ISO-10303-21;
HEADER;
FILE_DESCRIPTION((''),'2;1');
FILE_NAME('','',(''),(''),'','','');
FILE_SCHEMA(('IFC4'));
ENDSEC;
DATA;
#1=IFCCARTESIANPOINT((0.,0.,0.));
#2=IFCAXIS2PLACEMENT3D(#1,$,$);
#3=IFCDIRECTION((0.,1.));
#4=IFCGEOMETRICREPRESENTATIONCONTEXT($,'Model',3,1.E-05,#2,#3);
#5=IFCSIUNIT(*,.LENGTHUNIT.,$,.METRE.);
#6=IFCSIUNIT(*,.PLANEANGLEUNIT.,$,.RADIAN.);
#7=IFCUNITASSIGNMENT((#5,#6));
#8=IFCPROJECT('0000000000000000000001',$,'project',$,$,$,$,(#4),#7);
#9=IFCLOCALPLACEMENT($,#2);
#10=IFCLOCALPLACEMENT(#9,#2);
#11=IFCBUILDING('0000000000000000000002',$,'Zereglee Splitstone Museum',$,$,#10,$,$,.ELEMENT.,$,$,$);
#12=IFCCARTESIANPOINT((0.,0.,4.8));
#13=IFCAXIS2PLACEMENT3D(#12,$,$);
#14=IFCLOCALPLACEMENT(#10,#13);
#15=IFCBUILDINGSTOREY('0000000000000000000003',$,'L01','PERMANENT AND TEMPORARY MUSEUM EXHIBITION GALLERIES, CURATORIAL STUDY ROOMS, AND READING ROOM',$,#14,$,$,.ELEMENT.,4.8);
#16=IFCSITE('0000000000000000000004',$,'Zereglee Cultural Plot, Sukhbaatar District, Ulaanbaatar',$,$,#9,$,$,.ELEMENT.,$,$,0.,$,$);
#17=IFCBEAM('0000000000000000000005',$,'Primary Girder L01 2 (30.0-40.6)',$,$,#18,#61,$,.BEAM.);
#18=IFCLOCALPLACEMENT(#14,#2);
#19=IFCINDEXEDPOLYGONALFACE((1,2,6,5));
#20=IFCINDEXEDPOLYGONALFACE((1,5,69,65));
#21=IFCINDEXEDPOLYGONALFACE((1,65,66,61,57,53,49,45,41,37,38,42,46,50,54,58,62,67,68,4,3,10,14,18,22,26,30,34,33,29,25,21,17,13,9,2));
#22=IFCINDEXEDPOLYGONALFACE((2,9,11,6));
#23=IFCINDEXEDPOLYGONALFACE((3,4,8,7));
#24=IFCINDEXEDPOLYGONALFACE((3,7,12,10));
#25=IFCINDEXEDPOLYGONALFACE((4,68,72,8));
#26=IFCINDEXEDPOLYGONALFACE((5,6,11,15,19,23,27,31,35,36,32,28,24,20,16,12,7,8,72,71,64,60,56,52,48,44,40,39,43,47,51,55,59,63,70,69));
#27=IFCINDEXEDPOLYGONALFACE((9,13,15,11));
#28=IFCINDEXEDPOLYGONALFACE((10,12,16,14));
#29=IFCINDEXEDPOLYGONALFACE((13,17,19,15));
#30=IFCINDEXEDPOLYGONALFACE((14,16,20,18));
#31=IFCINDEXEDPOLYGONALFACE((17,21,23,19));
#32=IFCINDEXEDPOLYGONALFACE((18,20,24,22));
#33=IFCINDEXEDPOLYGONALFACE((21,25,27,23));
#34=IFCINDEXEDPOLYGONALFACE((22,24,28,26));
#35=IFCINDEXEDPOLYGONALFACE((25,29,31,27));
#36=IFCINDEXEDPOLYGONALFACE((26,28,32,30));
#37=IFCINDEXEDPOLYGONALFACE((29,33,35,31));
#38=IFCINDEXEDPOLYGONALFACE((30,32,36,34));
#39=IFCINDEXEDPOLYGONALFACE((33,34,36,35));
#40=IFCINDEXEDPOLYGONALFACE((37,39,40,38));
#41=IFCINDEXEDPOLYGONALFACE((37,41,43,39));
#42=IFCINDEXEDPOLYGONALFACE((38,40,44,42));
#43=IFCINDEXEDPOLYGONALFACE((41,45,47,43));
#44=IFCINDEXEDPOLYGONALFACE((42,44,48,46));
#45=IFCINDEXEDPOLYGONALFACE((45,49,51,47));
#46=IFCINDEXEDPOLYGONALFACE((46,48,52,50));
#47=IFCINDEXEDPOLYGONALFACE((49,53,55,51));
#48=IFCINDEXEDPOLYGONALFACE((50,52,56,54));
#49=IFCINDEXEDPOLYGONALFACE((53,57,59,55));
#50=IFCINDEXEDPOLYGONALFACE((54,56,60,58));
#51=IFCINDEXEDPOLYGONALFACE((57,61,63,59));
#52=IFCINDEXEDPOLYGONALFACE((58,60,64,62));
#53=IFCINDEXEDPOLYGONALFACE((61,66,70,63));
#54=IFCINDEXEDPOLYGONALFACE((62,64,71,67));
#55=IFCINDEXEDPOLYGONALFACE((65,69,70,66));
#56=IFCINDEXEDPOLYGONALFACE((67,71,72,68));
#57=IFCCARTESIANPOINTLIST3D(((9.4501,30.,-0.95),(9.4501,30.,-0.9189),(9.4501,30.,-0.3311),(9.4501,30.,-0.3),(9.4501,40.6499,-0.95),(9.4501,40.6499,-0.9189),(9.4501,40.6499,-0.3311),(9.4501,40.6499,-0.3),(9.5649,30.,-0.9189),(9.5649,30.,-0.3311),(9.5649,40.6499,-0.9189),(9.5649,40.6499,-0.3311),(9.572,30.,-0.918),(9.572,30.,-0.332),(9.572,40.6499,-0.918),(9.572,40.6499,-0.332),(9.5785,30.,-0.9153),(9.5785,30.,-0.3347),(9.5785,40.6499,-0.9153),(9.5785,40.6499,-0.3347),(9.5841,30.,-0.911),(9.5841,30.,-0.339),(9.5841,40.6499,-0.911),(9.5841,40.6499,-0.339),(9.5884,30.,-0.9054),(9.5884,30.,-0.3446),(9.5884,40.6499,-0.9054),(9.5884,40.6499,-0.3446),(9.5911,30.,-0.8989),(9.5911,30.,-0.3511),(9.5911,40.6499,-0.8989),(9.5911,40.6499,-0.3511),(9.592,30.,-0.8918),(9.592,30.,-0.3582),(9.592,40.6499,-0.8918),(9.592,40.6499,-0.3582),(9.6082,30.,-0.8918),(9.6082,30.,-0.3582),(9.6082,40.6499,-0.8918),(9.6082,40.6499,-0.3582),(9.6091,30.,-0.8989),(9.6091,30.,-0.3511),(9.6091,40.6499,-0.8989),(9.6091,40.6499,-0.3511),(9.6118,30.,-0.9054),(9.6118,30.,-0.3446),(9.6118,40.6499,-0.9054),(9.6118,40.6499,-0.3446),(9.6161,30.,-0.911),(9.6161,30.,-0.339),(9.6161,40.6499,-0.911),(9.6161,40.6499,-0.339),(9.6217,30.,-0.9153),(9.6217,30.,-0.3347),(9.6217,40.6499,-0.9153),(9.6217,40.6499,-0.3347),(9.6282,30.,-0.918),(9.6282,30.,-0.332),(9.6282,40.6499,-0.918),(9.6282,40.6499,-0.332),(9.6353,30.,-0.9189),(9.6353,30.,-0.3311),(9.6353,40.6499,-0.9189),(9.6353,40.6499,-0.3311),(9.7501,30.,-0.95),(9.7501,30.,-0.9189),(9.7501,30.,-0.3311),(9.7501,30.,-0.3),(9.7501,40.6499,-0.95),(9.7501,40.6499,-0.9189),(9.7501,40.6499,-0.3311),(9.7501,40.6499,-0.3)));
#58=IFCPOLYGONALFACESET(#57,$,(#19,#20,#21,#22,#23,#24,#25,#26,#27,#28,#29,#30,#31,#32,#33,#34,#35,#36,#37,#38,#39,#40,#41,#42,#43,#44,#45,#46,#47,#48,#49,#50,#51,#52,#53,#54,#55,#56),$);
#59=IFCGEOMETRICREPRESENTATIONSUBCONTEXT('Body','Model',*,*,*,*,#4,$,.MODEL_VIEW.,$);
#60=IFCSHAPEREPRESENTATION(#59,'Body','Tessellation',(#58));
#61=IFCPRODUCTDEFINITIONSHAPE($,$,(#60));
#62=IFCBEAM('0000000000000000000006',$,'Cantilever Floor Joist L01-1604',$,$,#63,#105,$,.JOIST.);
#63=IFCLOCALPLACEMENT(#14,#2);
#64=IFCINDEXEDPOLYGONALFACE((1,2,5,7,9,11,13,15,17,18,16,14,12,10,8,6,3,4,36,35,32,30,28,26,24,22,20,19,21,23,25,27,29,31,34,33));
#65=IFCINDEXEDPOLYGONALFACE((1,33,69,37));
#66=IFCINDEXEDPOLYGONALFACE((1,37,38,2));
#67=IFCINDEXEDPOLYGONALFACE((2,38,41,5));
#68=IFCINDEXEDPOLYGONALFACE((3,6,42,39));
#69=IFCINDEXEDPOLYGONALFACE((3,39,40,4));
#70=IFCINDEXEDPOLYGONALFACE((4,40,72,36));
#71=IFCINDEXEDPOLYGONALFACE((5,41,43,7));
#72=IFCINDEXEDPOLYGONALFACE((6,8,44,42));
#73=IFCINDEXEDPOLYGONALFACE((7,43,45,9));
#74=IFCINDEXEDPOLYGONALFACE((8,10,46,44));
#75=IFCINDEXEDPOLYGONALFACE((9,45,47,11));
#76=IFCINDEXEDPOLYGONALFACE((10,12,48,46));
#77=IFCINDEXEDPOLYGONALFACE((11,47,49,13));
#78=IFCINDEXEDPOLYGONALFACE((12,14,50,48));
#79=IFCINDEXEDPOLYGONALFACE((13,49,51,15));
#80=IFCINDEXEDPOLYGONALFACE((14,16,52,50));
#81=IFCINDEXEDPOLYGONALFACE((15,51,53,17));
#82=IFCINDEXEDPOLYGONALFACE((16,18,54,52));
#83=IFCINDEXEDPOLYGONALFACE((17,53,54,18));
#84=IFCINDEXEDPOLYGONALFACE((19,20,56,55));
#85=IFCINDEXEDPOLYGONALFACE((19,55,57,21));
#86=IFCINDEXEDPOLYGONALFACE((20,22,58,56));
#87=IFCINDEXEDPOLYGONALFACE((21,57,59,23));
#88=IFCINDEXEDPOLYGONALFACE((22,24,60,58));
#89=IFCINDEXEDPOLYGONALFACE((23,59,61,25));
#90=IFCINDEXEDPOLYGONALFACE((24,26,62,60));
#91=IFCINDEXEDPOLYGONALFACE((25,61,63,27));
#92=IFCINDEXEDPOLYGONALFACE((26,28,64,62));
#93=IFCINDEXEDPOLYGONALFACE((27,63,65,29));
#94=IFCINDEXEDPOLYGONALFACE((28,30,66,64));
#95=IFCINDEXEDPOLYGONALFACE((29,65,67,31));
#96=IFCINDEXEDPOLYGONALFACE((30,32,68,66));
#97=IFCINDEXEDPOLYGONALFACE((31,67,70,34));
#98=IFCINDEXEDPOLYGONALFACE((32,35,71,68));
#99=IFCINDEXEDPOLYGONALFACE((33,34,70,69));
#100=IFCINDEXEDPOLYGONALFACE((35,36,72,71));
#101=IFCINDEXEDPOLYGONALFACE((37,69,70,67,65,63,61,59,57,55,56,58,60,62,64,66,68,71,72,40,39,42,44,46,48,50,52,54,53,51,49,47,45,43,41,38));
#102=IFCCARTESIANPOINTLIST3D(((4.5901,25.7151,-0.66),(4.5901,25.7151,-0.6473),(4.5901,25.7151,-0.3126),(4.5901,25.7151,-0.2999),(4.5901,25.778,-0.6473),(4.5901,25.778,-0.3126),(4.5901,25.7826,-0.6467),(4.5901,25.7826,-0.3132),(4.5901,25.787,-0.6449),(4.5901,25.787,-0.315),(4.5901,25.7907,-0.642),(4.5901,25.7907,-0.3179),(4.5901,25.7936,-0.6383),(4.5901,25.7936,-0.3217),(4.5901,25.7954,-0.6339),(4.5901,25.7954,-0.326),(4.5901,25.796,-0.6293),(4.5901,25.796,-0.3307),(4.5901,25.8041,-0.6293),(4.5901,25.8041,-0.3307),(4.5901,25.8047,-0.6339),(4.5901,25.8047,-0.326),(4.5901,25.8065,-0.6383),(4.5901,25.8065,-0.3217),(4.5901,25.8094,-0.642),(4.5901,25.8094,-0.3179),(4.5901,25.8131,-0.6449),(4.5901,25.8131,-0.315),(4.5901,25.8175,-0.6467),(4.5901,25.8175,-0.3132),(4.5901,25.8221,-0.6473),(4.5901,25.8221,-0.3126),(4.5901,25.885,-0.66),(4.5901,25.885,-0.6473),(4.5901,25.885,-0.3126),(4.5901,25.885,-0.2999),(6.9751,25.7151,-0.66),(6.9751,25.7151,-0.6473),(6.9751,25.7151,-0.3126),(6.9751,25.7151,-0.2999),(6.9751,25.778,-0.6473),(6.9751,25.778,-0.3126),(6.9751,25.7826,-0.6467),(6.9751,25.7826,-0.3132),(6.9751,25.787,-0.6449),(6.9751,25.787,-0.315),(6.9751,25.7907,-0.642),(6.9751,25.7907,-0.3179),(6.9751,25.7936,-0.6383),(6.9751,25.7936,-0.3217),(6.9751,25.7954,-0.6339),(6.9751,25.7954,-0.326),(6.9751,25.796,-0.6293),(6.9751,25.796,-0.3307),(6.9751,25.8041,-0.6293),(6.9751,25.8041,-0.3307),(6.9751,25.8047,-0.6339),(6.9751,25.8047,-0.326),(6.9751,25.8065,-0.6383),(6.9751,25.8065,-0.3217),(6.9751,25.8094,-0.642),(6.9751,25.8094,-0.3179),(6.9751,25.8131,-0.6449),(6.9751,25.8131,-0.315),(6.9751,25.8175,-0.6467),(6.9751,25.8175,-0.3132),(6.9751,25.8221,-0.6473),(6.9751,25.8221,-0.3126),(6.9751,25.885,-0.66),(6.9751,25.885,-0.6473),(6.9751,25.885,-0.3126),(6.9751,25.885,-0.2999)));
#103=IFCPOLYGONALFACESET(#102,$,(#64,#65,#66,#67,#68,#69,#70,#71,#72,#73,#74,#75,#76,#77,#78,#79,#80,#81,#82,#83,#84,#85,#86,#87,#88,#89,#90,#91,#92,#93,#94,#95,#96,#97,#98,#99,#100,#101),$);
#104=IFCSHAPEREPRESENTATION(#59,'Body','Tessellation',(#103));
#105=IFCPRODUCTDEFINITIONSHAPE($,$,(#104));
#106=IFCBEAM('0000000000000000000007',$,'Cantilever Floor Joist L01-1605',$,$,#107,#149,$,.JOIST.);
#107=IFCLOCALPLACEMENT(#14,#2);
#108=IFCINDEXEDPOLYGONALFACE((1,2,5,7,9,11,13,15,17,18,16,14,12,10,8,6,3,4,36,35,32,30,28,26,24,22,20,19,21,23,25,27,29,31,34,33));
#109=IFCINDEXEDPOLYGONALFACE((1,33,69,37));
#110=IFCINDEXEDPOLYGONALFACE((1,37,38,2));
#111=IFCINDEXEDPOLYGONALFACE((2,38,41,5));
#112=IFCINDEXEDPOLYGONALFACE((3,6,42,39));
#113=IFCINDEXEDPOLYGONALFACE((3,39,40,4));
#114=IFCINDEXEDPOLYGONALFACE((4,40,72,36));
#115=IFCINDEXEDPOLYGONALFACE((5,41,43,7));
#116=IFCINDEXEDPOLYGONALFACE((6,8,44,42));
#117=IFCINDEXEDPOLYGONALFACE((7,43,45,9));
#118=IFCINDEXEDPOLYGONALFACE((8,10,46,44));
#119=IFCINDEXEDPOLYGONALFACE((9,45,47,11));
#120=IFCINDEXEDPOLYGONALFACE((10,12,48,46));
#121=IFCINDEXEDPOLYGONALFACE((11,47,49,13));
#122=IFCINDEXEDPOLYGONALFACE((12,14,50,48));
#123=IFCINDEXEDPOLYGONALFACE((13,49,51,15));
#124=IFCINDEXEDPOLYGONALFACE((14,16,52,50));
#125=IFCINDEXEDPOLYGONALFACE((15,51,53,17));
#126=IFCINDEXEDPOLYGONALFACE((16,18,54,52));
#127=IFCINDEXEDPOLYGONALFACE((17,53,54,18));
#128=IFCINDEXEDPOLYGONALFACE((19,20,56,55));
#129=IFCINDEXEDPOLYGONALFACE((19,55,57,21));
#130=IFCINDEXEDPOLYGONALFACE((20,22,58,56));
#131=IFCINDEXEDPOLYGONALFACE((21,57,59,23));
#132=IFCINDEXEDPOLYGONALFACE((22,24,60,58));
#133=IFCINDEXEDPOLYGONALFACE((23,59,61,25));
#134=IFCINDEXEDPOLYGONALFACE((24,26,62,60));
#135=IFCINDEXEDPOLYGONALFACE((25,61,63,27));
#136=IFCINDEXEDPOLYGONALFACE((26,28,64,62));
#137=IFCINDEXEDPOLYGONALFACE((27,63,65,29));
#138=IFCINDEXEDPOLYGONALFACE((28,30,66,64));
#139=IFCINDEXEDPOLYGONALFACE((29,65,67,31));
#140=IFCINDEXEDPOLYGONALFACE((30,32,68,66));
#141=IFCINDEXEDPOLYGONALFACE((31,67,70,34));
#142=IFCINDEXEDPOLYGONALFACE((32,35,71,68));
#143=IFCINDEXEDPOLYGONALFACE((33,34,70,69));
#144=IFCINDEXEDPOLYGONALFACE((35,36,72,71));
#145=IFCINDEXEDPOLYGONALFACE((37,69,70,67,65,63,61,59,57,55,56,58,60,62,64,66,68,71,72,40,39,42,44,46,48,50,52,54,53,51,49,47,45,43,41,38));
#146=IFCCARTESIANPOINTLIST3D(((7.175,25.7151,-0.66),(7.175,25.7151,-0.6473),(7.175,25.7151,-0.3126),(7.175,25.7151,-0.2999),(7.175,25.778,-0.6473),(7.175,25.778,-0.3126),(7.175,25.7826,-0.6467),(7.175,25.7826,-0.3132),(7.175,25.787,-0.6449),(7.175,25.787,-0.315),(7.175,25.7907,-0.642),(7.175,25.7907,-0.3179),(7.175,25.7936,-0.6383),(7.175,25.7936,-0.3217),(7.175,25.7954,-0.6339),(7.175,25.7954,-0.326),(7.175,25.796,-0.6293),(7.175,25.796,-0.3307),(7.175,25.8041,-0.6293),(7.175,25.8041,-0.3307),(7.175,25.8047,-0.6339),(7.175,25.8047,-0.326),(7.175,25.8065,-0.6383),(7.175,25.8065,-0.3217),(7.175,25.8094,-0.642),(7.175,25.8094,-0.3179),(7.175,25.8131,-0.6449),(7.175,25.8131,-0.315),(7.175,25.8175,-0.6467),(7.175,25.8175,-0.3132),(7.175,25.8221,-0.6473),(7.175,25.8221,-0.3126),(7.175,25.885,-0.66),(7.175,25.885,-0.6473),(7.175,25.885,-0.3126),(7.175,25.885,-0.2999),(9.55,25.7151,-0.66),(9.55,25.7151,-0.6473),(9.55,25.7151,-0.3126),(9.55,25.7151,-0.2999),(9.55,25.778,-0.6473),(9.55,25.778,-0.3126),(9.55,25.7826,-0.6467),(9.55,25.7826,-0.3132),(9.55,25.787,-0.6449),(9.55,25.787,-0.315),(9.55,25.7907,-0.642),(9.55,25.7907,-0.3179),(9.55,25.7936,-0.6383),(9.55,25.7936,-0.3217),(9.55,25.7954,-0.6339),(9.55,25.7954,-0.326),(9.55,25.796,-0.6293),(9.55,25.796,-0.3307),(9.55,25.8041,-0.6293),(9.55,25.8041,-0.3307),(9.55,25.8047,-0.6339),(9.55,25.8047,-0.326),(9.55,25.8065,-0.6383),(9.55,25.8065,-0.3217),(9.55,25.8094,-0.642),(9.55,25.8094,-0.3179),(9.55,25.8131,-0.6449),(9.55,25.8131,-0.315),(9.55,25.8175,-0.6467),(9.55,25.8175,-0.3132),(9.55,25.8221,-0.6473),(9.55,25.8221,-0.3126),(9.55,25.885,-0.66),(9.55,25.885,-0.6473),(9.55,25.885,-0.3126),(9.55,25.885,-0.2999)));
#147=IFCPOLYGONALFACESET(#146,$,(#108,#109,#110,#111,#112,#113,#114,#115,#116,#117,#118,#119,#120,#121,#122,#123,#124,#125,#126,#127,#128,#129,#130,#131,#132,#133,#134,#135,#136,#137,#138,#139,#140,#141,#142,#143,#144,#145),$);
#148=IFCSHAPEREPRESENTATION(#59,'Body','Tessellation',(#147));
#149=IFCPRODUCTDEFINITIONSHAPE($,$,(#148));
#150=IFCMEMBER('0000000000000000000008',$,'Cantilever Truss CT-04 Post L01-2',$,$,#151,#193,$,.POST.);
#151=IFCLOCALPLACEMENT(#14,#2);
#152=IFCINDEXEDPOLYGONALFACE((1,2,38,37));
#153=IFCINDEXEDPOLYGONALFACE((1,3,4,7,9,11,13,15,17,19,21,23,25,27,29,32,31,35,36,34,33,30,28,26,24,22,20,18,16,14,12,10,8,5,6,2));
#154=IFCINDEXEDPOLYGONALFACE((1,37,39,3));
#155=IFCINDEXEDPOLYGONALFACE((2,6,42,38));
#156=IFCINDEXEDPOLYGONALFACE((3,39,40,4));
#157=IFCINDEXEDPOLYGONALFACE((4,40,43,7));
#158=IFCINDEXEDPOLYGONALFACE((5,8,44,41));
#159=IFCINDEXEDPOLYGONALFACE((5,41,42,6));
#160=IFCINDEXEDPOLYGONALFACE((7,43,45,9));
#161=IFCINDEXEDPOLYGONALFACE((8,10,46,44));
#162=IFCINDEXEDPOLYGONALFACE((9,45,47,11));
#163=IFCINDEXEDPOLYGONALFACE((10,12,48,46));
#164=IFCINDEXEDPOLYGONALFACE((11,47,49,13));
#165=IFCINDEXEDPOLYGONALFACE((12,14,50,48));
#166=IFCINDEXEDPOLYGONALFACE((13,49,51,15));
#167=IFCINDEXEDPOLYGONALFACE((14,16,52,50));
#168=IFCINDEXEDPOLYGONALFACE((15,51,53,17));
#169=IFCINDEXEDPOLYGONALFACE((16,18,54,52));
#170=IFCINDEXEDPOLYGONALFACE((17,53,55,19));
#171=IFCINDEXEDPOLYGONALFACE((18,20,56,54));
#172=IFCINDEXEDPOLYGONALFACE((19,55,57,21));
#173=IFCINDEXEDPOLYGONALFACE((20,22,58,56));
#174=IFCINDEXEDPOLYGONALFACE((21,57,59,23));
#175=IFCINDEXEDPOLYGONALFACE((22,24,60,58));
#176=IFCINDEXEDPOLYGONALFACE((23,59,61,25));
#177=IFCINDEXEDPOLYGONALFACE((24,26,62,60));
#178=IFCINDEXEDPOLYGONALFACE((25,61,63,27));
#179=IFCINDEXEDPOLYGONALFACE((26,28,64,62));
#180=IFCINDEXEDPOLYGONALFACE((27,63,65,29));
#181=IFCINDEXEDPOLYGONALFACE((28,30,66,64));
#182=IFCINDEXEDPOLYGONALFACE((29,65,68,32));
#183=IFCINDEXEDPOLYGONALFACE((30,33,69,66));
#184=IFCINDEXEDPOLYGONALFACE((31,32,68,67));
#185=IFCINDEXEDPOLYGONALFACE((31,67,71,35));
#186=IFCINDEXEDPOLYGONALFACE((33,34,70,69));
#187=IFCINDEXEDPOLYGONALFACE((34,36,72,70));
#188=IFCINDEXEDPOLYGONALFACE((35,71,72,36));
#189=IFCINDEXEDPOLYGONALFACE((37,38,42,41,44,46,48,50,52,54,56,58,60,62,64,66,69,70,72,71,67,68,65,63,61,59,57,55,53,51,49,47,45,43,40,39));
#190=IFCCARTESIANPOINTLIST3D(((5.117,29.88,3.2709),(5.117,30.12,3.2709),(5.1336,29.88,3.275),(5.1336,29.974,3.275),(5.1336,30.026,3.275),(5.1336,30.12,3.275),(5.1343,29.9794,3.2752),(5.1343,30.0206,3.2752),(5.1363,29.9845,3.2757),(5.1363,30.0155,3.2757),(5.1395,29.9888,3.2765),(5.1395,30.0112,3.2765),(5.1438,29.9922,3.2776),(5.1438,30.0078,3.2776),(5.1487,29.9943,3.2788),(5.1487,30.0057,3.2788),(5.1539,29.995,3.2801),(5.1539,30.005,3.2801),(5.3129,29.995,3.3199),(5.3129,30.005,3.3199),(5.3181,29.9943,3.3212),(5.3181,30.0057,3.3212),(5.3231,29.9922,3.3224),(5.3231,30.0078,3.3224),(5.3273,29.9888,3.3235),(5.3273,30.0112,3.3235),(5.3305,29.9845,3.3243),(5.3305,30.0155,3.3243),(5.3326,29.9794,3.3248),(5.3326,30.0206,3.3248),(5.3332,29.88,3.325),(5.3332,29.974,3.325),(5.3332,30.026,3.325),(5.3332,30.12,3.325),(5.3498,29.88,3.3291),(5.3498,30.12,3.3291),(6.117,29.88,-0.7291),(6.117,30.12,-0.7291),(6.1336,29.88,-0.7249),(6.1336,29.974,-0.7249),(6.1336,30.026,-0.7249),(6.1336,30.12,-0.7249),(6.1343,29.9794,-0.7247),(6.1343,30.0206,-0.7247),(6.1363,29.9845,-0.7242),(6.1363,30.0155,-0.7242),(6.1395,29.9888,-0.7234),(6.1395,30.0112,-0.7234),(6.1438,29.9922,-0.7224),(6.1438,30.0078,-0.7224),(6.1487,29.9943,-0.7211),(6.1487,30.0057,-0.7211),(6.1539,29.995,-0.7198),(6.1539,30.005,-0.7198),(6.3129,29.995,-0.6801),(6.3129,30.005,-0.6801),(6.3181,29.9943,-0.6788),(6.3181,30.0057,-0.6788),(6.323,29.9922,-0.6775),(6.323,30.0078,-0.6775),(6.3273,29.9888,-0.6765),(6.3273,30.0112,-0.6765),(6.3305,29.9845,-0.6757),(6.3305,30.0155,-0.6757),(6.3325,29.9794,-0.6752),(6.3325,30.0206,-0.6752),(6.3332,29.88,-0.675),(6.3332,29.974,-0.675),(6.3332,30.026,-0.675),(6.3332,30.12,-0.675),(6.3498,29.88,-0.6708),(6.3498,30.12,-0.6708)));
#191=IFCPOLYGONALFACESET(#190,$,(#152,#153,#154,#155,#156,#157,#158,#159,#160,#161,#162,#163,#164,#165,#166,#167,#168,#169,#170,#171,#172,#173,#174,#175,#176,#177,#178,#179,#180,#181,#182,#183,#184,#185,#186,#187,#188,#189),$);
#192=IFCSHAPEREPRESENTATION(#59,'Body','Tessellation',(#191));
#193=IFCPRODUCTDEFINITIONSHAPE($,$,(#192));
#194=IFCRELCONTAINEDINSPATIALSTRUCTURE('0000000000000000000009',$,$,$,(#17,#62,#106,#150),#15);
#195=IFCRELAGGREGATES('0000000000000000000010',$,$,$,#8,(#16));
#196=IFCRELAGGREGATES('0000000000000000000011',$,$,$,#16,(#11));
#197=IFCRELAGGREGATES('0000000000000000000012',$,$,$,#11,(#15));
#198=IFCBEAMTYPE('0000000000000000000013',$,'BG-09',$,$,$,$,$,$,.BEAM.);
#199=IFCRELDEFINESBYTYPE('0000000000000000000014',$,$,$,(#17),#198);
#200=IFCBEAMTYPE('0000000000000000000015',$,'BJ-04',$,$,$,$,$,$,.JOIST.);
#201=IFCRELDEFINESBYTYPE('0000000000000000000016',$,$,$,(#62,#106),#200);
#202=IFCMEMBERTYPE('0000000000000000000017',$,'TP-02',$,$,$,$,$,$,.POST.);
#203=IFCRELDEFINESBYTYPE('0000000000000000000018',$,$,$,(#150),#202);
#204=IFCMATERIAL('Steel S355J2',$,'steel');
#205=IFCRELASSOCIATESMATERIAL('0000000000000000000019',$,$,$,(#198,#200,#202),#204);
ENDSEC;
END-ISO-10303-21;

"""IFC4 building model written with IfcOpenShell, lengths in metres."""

from ifc_helpers import new_model, si_unit, direction, frame, origin, origin_2d, place, context, subcontext, project, spatial, i_section, extrude, material, material_profile, profile_set, type_object, element, save


model = new_model("IFC4")

# Units and contexts
model_context = context("Model", 3, precision=1e-05, world=origin(), true_north=direction((0.0, 1.0)))
body_context = subcontext(model_context, "Body", "Model", "MODEL_VIEW")
ifc_project = project(units=[si_unit("LENGTHUNIT", "METRE"), si_unit("PLANEANGLEUNIT", "RADIAN")], contexts=[model_context])

# Site, building, storey
site_placement = place(None, origin())
site = spatial("IfcSite", under=ifc_project, at=site_placement, Name="Zereglee Cultural Plot, Sukhbaatar District, Ulaanbaatar", CompositionType="ELEMENT", RefElevation=0.0)
building_placement = place(site_placement, origin())
building = spatial("IfcBuilding", under=site, at=building_placement, Name="Zereglee Splitstone Museum", CompositionType="ELEMENT")
storey_placement = place(building_placement, frame((0.0, 0.0, 4.8)))
storey = spatial("IfcBuildingStorey", under=building, at=storey_placement, Name="L01", Description="PERMANENT AND TEMPORARY MUSEUM EXHIBITION GALLERIES, CURATORIAL STUDY ROOMS, AND READING ROOM", CompositionType="ELEMENT", Elevation=4.8)

# Beams
ifc_material_1 = material(Name="Steel S355J2", Category="steel")
ifc_material_profile_1 = material_profile(ifc_material_1, i_section(OverallWidth=0.3, OverallDepth=0.6499, WebThickness=0.0161, FlangeThickness=0.031, FilletRadius=0.0271, at=origin_2d()), Name="HE 650 B")
ifc_profile_set_1 = profile_set([ifc_material_profile_1], Name="Steel S355J2")
beam_type_1 = type_object("IfcBeamType", Name="BG-09", PredefinedType="BEAM", material=ifc_profile_set_1)
beam_1_placement = place(storey_placement, frame((9.6001, 30.0, -0.625), z_axis=(0.0, 1.0, 0.0), x_axis=(-1.0, 0.0, 0.0)))
element("IfcBeam", 1, at=beam_1_placement, inside=storey, type_object=beam_type_1, Name="Primary Girder L01 2 (30.0-40.6)", PredefinedType="BEAM", context=body_context, shape_type="SweptSolid", body=[
    extrude(i_section(OverallWidth=0.3, OverallDepth=0.6499, WebThickness=0.0161, FlangeThickness=0.031, FilletRadius=0.0271, at=origin_2d()), origin(), (0.0, 0.0, 1.0), 10.6499),
])
ifc_material_profile_2 = material_profile(ifc_material_1, i_section(OverallWidth=0.1699, OverallDepth=0.3601, WebThickness=0.0081, FlangeThickness=0.0127, FilletRadius=0.0181, at=origin_2d()), Name="IPE 360")
ifc_profile_set_2 = profile_set([ifc_material_profile_2], Name="Steel S355J2")
beam_type_2 = type_object("IfcBeamType", Name="BJ-04", PredefinedType="JOIST", material=ifc_profile_set_2)
beam_2_placement = place(storey_placement, frame((4.5901, 25.8, -0.48), z_axis=(1.0, 0.0, 0.0), x_axis=(0.0, 1.0, 0.0)))
element("IfcBeam", 2, at=beam_2_placement, inside=storey, type_object=beam_type_2, Name="Cantilever Floor Joist L01-1604", PredefinedType="JOIST", context=body_context, shape_type="SweptSolid", body=[
    extrude(i_section(OverallWidth=0.1699, OverallDepth=0.3601, WebThickness=0.0081, FlangeThickness=0.0127, FilletRadius=0.0181, at=origin_2d()), origin(), (0.0, 0.0, 1.0), 2.385),
])
beam_3_placement = place(storey_placement, frame((7.175, 25.8, -0.48), z_axis=(1.0, 0.0, 0.0), x_axis=(0.0, 1.0, 0.0)))
element("IfcBeam", 3, at=beam_3_placement, inside=storey, type_object=beam_type_2, Name="Cantilever Floor Joist L01-1605", PredefinedType="JOIST", context=body_context, shape_type="SweptSolid", body=[
    extrude(i_section(OverallWidth=0.1699, OverallDepth=0.3601, WebThickness=0.0081, FlangeThickness=0.0127, FilletRadius=0.0181, at=origin_2d()), origin(), (0.0, 0.0, 1.0), 2.375),
])

# Member
ifc_material_profile_3 = material_profile(ifc_material_1, i_section(OverallWidth=0.24, OverallDepth=0.24, WebThickness=0.01, FlangeThickness=0.0171, FilletRadius=0.021, at=origin_2d()), Name="HE 240 B")
ifc_profile_set_3 = profile_set([ifc_material_profile_3], Name="Steel S355J2")
member_type_1 = type_object("IfcMemberType", Name="TP-02", PredefinedType="POST", material=ifc_profile_set_3)
member_1_placement = place(storey_placement, frame((6.2334, 30.0, -0.7), z_axis=(-0.242536, 0.0, 0.970143), x_axis=(0.0, -1.0, 0.0)))
element("IfcMember", 4, at=member_1_placement, inside=storey, type_object=member_type_1, Name="Cantilever Truss CT-04 Post L01-2", PredefinedType="POST", context=body_context, shape_type="SweptSolid", body=[
    extrude(i_section(OverallWidth=0.24, OverallDepth=0.24, WebThickness=0.01, FlangeThickness=0.0171, FilletRadius=0.021, at=origin_2d()), origin(), (0.0, 0.0, 1.0), 4.123),
])

save(model, "model.ifc")
